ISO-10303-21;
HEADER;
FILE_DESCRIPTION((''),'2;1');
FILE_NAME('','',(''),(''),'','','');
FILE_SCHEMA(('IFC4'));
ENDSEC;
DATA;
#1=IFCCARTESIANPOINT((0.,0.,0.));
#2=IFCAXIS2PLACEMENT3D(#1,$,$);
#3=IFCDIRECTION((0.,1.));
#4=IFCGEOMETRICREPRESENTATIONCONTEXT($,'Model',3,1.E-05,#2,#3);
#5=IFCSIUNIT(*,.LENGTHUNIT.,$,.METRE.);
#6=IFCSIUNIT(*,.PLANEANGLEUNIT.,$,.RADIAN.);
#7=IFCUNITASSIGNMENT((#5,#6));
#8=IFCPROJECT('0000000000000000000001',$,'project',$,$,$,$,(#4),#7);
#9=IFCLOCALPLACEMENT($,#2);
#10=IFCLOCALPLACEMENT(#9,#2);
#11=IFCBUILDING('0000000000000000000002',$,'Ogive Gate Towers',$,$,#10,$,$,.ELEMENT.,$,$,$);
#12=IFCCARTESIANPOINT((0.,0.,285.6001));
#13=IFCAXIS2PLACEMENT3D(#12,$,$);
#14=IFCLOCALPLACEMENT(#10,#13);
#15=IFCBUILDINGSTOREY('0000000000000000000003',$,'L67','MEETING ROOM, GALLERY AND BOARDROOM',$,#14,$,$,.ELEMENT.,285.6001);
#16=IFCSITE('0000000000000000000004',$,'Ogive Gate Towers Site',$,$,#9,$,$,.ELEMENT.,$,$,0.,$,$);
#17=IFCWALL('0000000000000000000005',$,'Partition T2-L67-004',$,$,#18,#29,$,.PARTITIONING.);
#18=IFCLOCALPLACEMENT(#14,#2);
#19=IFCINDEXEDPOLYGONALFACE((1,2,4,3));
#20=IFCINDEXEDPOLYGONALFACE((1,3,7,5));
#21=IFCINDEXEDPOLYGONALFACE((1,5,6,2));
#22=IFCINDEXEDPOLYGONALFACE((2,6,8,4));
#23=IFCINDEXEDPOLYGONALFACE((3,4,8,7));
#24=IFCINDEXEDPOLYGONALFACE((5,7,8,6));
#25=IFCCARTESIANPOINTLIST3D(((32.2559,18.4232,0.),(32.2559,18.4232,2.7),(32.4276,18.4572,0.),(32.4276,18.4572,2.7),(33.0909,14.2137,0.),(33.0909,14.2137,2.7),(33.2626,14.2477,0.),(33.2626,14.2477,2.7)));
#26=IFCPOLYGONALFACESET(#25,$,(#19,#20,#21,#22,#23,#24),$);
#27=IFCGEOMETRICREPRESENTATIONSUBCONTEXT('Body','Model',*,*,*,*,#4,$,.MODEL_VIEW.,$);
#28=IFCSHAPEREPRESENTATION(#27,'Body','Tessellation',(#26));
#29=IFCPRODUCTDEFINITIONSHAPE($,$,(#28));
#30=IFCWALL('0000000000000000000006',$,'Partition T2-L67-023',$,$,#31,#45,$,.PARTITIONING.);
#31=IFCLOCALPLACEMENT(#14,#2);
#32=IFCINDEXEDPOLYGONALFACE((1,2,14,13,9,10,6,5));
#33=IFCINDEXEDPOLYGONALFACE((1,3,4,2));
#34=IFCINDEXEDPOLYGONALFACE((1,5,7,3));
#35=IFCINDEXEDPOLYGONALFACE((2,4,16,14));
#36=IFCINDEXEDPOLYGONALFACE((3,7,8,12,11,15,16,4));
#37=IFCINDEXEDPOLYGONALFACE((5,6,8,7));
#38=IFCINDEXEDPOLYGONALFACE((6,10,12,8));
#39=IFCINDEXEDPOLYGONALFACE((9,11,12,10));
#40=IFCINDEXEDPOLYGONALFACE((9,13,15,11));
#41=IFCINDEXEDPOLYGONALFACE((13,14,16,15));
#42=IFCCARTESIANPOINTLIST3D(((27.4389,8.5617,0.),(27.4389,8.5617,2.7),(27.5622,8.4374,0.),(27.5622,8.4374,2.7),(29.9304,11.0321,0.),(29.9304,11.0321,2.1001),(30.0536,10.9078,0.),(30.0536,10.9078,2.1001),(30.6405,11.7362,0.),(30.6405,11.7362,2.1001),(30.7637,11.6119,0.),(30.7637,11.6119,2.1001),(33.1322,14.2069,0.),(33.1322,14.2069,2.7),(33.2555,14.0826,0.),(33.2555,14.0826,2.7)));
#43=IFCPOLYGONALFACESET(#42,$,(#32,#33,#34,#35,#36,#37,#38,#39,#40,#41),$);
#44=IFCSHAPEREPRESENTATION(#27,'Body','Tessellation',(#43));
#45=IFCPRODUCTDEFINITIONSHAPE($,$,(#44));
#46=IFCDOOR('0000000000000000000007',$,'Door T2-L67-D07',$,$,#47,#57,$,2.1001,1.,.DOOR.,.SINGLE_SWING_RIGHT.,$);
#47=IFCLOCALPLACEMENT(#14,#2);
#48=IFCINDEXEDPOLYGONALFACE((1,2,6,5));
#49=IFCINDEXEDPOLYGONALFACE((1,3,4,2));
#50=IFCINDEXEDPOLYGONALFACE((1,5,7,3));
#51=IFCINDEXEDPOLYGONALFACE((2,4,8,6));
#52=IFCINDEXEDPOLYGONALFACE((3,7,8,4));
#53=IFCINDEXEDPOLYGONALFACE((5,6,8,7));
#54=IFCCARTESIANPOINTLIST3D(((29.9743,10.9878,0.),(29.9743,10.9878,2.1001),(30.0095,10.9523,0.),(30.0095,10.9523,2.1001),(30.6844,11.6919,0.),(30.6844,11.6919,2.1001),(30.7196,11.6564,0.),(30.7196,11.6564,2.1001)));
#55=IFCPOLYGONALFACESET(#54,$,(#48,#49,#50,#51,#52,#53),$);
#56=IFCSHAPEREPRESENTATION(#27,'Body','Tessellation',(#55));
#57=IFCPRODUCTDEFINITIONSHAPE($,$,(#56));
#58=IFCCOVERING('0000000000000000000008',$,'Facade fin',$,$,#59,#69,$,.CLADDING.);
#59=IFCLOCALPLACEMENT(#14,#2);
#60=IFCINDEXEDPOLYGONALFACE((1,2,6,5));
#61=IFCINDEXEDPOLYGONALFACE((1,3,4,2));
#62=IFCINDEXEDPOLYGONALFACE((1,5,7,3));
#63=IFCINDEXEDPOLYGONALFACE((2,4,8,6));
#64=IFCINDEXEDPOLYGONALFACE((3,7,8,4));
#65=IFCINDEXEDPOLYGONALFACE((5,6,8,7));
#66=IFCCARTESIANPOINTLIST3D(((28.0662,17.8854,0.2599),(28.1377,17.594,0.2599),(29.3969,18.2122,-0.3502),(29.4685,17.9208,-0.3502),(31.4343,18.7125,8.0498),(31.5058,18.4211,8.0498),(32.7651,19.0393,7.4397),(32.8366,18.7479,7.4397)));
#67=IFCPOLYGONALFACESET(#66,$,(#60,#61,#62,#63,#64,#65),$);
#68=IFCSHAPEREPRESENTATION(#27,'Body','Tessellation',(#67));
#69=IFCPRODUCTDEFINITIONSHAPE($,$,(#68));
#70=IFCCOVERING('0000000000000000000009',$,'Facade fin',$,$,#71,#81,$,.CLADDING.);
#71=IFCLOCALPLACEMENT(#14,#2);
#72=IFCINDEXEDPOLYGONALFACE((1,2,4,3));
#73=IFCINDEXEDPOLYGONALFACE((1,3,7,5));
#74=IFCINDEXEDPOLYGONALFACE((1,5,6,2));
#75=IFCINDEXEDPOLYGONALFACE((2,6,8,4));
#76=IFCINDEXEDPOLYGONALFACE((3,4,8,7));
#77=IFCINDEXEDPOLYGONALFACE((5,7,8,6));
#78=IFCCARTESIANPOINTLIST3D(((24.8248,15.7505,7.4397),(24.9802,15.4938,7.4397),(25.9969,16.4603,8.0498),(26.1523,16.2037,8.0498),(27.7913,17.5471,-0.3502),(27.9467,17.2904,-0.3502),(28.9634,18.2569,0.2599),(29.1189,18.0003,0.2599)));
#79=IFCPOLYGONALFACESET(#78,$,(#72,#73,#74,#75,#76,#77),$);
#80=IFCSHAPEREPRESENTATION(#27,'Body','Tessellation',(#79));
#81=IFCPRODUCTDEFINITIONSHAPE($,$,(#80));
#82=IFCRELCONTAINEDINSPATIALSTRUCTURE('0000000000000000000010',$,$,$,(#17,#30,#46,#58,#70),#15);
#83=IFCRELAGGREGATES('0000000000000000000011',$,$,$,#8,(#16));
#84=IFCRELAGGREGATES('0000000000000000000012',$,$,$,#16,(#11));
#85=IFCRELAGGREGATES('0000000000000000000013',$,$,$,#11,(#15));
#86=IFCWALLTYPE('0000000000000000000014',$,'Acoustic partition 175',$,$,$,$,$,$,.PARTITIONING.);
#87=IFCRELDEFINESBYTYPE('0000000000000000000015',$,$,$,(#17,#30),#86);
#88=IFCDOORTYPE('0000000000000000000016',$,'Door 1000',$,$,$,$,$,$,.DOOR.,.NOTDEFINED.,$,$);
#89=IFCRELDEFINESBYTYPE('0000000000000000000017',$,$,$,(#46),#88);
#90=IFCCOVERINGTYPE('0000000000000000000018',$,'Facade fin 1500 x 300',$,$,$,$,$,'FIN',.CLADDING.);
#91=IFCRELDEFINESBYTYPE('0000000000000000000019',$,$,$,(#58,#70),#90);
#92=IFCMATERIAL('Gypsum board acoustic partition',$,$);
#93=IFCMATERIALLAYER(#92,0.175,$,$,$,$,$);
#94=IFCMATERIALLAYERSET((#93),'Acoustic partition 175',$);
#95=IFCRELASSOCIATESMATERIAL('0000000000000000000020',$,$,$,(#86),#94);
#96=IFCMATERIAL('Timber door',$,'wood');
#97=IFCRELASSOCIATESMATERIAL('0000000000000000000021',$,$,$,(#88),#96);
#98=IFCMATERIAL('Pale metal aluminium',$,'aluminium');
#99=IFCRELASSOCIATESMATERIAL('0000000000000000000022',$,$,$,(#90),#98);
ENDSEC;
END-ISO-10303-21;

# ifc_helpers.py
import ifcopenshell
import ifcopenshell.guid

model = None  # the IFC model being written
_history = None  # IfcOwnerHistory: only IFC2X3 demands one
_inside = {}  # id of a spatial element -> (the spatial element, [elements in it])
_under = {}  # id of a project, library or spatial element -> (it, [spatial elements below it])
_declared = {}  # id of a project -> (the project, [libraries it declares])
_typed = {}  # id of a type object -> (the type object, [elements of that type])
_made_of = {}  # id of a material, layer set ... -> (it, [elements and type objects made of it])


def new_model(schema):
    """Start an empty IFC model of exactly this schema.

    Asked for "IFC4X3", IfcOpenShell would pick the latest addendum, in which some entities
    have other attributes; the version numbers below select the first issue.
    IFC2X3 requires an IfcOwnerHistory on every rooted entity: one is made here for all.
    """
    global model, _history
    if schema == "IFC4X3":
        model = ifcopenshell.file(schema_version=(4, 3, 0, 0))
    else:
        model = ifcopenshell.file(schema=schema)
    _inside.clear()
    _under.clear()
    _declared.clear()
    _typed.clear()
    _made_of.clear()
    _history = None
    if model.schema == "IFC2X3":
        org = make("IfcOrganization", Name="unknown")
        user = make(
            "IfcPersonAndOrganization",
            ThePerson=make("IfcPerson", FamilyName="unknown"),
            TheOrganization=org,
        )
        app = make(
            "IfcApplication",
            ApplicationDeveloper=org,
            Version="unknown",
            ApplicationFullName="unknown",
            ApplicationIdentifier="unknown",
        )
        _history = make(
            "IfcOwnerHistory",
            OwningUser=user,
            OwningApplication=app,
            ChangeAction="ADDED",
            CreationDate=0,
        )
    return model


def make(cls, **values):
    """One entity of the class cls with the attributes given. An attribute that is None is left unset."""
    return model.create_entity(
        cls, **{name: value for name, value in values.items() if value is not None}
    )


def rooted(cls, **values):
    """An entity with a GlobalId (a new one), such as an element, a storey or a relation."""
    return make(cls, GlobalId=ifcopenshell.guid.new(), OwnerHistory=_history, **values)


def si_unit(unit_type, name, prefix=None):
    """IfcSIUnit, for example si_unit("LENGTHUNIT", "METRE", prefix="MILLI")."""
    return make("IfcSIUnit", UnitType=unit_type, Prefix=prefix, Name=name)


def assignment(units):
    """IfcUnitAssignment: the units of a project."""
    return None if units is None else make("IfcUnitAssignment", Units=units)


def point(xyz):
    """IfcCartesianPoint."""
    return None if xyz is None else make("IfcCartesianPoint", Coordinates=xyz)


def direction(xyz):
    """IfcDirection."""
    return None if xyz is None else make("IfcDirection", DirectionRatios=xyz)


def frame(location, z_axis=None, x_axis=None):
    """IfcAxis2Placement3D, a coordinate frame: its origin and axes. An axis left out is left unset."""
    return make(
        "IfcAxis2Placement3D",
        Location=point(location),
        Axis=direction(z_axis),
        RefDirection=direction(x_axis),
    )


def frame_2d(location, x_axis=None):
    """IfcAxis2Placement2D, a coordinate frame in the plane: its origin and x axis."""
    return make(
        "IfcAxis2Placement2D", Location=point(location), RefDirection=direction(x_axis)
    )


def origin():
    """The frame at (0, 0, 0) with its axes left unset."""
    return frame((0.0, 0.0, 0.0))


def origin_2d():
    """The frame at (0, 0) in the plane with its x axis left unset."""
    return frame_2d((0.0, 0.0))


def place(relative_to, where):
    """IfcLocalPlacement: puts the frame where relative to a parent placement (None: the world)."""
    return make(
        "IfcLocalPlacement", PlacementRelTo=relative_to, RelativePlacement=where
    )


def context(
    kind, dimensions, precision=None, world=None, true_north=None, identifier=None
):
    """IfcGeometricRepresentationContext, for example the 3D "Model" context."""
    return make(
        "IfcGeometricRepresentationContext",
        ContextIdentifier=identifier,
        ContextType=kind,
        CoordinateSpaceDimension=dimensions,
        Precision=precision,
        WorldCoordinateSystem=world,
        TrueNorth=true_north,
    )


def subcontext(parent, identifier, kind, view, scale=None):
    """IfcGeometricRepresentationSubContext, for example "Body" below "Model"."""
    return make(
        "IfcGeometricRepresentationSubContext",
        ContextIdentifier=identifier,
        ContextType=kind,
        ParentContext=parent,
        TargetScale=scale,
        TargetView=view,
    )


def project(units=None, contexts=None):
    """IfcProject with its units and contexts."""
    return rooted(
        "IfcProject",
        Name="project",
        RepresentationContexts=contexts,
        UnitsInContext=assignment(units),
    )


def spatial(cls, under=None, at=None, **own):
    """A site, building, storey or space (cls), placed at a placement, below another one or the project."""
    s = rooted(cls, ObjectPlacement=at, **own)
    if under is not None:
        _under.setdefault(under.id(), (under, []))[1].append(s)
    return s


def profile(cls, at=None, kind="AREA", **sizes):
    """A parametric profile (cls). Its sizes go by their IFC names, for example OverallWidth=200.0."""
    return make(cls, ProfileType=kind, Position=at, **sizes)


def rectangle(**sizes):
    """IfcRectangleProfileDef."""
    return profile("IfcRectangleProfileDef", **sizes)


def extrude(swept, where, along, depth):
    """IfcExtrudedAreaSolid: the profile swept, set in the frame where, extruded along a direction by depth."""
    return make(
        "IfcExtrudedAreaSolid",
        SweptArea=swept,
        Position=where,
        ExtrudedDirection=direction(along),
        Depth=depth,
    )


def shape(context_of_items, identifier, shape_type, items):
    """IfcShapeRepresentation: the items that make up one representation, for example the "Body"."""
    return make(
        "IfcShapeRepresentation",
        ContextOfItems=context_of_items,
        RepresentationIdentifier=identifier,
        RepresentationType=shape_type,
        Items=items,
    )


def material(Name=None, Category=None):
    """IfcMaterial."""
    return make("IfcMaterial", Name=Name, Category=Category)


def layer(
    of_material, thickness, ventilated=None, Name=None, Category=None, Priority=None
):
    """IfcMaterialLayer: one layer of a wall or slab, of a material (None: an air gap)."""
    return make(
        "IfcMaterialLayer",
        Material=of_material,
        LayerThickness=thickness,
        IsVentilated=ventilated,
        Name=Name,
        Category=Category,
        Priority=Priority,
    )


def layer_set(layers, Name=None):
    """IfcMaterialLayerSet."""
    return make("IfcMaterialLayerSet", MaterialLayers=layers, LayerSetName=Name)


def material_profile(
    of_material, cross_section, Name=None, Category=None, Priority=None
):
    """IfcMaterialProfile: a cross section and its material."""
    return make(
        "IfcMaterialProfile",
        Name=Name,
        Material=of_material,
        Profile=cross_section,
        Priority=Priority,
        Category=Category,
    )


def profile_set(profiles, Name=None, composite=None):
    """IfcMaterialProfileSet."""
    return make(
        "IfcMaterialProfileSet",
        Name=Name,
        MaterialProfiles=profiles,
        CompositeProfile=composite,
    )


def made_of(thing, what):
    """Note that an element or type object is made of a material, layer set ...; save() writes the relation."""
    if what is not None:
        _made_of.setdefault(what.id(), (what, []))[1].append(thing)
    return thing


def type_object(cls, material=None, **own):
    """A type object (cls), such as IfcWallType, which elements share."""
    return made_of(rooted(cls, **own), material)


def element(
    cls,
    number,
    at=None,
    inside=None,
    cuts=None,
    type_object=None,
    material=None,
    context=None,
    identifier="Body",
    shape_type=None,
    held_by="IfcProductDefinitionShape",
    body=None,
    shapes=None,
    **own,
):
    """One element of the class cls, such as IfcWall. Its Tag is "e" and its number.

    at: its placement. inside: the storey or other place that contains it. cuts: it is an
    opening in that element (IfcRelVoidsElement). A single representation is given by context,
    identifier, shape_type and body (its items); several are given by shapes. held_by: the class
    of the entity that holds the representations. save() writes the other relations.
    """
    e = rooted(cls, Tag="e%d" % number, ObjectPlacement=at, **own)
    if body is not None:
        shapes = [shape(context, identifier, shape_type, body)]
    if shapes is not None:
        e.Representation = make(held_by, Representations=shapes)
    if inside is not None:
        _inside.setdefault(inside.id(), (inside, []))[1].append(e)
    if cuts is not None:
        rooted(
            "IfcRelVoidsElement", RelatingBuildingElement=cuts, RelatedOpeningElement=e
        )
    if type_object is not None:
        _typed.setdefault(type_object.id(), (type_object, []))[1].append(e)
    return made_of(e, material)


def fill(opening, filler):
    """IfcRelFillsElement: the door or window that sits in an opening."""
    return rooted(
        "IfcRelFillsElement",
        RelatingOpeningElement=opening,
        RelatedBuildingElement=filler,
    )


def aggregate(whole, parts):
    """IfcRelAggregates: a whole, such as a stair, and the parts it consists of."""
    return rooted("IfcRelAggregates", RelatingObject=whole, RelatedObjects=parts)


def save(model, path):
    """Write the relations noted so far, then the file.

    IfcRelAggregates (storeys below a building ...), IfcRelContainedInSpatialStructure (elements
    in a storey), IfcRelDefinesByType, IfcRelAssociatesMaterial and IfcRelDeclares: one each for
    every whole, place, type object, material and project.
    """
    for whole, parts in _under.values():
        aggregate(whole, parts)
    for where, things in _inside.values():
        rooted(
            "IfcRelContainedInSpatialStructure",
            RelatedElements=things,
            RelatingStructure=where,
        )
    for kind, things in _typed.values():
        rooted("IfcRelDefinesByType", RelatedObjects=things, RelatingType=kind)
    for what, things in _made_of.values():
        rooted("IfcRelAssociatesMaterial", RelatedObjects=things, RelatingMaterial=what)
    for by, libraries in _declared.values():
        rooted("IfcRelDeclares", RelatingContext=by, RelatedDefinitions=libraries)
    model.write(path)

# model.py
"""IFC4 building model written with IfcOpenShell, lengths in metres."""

from ifc_helpers import new_model, si_unit, direction, frame, frame_2d, origin, origin_2d, place, context, subcontext, project, spatial, rectangle, extrude, material, layer, layer_set, material_profile, profile_set, type_object, element, fill, save


model = new_model("IFC4")

# Units and contexts
model_context = context("Model", 3, precision=1e-05, world=origin(), true_north=direction((0.0, 1.0)))
body_context = subcontext(model_context, "Body", "Model", "MODEL_VIEW")
ifc_project = project(units=[si_unit("LENGTHUNIT", "METRE"), si_unit("PLANEANGLEUNIT", "RADIAN")], contexts=[model_context])

# Site, building, storey
site_placement = place(None, origin())
site = spatial("IfcSite", under=ifc_project, at=site_placement, Name="Ogive Gate Towers Site", CompositionType="ELEMENT", RefElevation=0.0)
building_placement = place(site_placement, origin())
building = spatial("IfcBuilding", under=site, at=building_placement, Name="Ogive Gate Towers", CompositionType="ELEMENT")
storey_placement = place(building_placement, frame((0.0, 0.0, 285.6001)))
storey = spatial("IfcBuildingStorey", under=building, at=storey_placement, Name="L67", Description="MEETING ROOM, GALLERY AND BOARDROOM", CompositionType="ELEMENT", Elevation=285.6001)

# Shared definitions
ifc_material_1 = material(Name="Pale metal aluminium", Category="aluminium")

# Wall
ifc_material_2 = material(Name="Gypsum board acoustic partition")
ifc_layer_1 = layer(ifc_material_2, 0.175)
ifc_layer_set_1 = layer_set([ifc_layer_1], Name="Acoustic partition 175")
wall_type = type_object("IfcWallType", Name="Acoustic partition 175", PredefinedType="PARTITIONING", material=ifc_layer_set_1)
wall_1_placement = place(storey_placement, frame((32.3418, 18.4402, 0.0), z_axis=(0.0, 0.0, 1.0), x_axis=(0.194562, -0.98089, 0.0)))
element("IfcWall", 1, at=wall_1_placement, inside=storey, type_object=wall_type, Name="Partition T2-L67-004", PredefinedType="PARTITIONING", context=body_context, shape_type="SweptSolid", body=[
    extrude(rectangle(XDim=4.2915, YDim=0.175, at=frame_2d((2.1458, 0.0))), origin(), (0.0, 0.0, 1.0), 2.7),
])

# Wall, opening, door
wall_2_placement = place(storey_placement, frame((33.1938, 14.1448, 0.0), z_axis=(0.0, 0.0, 1.0), x_axis=(-0.7101, -0.704101, 0.0)))
wall_2 = element("IfcWall", 2, at=wall_2_placement, inside=storey, type_object=wall_type, Name="Partition T2-L67-023", PredefinedType="PARTITIONING", context=body_context, shape_type="SweptSolid", body=[
    extrude(rectangle(XDim=8.0176, YDim=0.175, at=frame_2d((4.0088, 0.0))), origin(), (0.0, 0.0, 1.0), 2.7),
])
opening_placement = place(wall_2_placement, frame((3.509, 0.0, 0.0)))
opening = element("IfcOpeningElement", 3, at=opening_placement, cuts=wall_2, PredefinedType="OPENING", context=body_context, shape_type="SweptSolid", body=[
    extrude(rectangle(XDim=1.0, YDim=2.1001, at=frame_2d((0.5, 1.05))), frame((0.0, 0.0977, 0.0), z_axis=(0.0, -1.0, 0.0), x_axis=(1.0, 0.0, 0.0)), (0.0, 0.0, 1.0), 0.1951),
])
ifc_material_3 = material(Name="Timber door", Category="wood")
door_type = type_object("IfcDoorType", Name="Door 1000", OperationType="NOTDEFINED", PredefinedType="DOOR", material=ifc_material_3)
door_placement = place(opening_placement, origin())
door = element("IfcDoor", 4, at=door_placement, inside=storey, type_object=door_type, Name="Door T2-L67-D07", OperationType="SINGLE_SWING_RIGHT", OverallHeight=2.1001, OverallWidth=1.0, PredefinedType="DOOR", context=body_context, shape_type="SweptSolid", body=[
    extrude(rectangle(XDim=1.0, YDim=2.1001, at=frame_2d((0.5, 1.05))), frame((0.0, 0.0249, 0.0), z_axis=(0.0, -1.0, 0.0), x_axis=(1.0, 0.0, 0.0)), (0.0, 0.0, 1.0), 0.05),
])
fill(opening, door)

# Coverings
ifc_material_profile_1 = material_profile(ifc_material_1, rectangle(XDim=0.3, YDim=1.5, at=origin_2d()), Name="1500 x 300 pale metal aluminium")
ifc_profile_set_1 = profile_set([ifc_material_profile_1], Name="Pale metal aluminium")
covering_type = type_object("IfcCoveringType", Name="Facade fin 1500 x 300", ElementType="FIN", PredefinedType="CLADDING", material=ifc_profile_set_1)
for number, where, z_axis, x_axis, name in (
    (5, (28.7673, 17.9031, -0.0452), (0.39499, 0.097001, 0.91355), (-0.238492, 0.971144, 0.0), "Facade fin"),
    (6, (28.4551, 17.7737, -0.0452), (-0.347893, -0.210694, 0.913553), (0.518032, -0.855361, 0.0), "Facade fin"),
):
    element("IfcCovering", number, at=place(storey_placement, frame(where, z_axis=z_axis, x_axis=x_axis)), inside=storey, type_object=covering_type, Name=name, PredefinedType="CLADDING", context=body_context, shape_type="SweptSolid", body=[
        extrude(rectangle(XDim=0.3, YDim=1.5, at=origin_2d()), origin(), (0.0, 0.0, 1.0), 8.5271),
    ])

save(model, "model.ifc")
